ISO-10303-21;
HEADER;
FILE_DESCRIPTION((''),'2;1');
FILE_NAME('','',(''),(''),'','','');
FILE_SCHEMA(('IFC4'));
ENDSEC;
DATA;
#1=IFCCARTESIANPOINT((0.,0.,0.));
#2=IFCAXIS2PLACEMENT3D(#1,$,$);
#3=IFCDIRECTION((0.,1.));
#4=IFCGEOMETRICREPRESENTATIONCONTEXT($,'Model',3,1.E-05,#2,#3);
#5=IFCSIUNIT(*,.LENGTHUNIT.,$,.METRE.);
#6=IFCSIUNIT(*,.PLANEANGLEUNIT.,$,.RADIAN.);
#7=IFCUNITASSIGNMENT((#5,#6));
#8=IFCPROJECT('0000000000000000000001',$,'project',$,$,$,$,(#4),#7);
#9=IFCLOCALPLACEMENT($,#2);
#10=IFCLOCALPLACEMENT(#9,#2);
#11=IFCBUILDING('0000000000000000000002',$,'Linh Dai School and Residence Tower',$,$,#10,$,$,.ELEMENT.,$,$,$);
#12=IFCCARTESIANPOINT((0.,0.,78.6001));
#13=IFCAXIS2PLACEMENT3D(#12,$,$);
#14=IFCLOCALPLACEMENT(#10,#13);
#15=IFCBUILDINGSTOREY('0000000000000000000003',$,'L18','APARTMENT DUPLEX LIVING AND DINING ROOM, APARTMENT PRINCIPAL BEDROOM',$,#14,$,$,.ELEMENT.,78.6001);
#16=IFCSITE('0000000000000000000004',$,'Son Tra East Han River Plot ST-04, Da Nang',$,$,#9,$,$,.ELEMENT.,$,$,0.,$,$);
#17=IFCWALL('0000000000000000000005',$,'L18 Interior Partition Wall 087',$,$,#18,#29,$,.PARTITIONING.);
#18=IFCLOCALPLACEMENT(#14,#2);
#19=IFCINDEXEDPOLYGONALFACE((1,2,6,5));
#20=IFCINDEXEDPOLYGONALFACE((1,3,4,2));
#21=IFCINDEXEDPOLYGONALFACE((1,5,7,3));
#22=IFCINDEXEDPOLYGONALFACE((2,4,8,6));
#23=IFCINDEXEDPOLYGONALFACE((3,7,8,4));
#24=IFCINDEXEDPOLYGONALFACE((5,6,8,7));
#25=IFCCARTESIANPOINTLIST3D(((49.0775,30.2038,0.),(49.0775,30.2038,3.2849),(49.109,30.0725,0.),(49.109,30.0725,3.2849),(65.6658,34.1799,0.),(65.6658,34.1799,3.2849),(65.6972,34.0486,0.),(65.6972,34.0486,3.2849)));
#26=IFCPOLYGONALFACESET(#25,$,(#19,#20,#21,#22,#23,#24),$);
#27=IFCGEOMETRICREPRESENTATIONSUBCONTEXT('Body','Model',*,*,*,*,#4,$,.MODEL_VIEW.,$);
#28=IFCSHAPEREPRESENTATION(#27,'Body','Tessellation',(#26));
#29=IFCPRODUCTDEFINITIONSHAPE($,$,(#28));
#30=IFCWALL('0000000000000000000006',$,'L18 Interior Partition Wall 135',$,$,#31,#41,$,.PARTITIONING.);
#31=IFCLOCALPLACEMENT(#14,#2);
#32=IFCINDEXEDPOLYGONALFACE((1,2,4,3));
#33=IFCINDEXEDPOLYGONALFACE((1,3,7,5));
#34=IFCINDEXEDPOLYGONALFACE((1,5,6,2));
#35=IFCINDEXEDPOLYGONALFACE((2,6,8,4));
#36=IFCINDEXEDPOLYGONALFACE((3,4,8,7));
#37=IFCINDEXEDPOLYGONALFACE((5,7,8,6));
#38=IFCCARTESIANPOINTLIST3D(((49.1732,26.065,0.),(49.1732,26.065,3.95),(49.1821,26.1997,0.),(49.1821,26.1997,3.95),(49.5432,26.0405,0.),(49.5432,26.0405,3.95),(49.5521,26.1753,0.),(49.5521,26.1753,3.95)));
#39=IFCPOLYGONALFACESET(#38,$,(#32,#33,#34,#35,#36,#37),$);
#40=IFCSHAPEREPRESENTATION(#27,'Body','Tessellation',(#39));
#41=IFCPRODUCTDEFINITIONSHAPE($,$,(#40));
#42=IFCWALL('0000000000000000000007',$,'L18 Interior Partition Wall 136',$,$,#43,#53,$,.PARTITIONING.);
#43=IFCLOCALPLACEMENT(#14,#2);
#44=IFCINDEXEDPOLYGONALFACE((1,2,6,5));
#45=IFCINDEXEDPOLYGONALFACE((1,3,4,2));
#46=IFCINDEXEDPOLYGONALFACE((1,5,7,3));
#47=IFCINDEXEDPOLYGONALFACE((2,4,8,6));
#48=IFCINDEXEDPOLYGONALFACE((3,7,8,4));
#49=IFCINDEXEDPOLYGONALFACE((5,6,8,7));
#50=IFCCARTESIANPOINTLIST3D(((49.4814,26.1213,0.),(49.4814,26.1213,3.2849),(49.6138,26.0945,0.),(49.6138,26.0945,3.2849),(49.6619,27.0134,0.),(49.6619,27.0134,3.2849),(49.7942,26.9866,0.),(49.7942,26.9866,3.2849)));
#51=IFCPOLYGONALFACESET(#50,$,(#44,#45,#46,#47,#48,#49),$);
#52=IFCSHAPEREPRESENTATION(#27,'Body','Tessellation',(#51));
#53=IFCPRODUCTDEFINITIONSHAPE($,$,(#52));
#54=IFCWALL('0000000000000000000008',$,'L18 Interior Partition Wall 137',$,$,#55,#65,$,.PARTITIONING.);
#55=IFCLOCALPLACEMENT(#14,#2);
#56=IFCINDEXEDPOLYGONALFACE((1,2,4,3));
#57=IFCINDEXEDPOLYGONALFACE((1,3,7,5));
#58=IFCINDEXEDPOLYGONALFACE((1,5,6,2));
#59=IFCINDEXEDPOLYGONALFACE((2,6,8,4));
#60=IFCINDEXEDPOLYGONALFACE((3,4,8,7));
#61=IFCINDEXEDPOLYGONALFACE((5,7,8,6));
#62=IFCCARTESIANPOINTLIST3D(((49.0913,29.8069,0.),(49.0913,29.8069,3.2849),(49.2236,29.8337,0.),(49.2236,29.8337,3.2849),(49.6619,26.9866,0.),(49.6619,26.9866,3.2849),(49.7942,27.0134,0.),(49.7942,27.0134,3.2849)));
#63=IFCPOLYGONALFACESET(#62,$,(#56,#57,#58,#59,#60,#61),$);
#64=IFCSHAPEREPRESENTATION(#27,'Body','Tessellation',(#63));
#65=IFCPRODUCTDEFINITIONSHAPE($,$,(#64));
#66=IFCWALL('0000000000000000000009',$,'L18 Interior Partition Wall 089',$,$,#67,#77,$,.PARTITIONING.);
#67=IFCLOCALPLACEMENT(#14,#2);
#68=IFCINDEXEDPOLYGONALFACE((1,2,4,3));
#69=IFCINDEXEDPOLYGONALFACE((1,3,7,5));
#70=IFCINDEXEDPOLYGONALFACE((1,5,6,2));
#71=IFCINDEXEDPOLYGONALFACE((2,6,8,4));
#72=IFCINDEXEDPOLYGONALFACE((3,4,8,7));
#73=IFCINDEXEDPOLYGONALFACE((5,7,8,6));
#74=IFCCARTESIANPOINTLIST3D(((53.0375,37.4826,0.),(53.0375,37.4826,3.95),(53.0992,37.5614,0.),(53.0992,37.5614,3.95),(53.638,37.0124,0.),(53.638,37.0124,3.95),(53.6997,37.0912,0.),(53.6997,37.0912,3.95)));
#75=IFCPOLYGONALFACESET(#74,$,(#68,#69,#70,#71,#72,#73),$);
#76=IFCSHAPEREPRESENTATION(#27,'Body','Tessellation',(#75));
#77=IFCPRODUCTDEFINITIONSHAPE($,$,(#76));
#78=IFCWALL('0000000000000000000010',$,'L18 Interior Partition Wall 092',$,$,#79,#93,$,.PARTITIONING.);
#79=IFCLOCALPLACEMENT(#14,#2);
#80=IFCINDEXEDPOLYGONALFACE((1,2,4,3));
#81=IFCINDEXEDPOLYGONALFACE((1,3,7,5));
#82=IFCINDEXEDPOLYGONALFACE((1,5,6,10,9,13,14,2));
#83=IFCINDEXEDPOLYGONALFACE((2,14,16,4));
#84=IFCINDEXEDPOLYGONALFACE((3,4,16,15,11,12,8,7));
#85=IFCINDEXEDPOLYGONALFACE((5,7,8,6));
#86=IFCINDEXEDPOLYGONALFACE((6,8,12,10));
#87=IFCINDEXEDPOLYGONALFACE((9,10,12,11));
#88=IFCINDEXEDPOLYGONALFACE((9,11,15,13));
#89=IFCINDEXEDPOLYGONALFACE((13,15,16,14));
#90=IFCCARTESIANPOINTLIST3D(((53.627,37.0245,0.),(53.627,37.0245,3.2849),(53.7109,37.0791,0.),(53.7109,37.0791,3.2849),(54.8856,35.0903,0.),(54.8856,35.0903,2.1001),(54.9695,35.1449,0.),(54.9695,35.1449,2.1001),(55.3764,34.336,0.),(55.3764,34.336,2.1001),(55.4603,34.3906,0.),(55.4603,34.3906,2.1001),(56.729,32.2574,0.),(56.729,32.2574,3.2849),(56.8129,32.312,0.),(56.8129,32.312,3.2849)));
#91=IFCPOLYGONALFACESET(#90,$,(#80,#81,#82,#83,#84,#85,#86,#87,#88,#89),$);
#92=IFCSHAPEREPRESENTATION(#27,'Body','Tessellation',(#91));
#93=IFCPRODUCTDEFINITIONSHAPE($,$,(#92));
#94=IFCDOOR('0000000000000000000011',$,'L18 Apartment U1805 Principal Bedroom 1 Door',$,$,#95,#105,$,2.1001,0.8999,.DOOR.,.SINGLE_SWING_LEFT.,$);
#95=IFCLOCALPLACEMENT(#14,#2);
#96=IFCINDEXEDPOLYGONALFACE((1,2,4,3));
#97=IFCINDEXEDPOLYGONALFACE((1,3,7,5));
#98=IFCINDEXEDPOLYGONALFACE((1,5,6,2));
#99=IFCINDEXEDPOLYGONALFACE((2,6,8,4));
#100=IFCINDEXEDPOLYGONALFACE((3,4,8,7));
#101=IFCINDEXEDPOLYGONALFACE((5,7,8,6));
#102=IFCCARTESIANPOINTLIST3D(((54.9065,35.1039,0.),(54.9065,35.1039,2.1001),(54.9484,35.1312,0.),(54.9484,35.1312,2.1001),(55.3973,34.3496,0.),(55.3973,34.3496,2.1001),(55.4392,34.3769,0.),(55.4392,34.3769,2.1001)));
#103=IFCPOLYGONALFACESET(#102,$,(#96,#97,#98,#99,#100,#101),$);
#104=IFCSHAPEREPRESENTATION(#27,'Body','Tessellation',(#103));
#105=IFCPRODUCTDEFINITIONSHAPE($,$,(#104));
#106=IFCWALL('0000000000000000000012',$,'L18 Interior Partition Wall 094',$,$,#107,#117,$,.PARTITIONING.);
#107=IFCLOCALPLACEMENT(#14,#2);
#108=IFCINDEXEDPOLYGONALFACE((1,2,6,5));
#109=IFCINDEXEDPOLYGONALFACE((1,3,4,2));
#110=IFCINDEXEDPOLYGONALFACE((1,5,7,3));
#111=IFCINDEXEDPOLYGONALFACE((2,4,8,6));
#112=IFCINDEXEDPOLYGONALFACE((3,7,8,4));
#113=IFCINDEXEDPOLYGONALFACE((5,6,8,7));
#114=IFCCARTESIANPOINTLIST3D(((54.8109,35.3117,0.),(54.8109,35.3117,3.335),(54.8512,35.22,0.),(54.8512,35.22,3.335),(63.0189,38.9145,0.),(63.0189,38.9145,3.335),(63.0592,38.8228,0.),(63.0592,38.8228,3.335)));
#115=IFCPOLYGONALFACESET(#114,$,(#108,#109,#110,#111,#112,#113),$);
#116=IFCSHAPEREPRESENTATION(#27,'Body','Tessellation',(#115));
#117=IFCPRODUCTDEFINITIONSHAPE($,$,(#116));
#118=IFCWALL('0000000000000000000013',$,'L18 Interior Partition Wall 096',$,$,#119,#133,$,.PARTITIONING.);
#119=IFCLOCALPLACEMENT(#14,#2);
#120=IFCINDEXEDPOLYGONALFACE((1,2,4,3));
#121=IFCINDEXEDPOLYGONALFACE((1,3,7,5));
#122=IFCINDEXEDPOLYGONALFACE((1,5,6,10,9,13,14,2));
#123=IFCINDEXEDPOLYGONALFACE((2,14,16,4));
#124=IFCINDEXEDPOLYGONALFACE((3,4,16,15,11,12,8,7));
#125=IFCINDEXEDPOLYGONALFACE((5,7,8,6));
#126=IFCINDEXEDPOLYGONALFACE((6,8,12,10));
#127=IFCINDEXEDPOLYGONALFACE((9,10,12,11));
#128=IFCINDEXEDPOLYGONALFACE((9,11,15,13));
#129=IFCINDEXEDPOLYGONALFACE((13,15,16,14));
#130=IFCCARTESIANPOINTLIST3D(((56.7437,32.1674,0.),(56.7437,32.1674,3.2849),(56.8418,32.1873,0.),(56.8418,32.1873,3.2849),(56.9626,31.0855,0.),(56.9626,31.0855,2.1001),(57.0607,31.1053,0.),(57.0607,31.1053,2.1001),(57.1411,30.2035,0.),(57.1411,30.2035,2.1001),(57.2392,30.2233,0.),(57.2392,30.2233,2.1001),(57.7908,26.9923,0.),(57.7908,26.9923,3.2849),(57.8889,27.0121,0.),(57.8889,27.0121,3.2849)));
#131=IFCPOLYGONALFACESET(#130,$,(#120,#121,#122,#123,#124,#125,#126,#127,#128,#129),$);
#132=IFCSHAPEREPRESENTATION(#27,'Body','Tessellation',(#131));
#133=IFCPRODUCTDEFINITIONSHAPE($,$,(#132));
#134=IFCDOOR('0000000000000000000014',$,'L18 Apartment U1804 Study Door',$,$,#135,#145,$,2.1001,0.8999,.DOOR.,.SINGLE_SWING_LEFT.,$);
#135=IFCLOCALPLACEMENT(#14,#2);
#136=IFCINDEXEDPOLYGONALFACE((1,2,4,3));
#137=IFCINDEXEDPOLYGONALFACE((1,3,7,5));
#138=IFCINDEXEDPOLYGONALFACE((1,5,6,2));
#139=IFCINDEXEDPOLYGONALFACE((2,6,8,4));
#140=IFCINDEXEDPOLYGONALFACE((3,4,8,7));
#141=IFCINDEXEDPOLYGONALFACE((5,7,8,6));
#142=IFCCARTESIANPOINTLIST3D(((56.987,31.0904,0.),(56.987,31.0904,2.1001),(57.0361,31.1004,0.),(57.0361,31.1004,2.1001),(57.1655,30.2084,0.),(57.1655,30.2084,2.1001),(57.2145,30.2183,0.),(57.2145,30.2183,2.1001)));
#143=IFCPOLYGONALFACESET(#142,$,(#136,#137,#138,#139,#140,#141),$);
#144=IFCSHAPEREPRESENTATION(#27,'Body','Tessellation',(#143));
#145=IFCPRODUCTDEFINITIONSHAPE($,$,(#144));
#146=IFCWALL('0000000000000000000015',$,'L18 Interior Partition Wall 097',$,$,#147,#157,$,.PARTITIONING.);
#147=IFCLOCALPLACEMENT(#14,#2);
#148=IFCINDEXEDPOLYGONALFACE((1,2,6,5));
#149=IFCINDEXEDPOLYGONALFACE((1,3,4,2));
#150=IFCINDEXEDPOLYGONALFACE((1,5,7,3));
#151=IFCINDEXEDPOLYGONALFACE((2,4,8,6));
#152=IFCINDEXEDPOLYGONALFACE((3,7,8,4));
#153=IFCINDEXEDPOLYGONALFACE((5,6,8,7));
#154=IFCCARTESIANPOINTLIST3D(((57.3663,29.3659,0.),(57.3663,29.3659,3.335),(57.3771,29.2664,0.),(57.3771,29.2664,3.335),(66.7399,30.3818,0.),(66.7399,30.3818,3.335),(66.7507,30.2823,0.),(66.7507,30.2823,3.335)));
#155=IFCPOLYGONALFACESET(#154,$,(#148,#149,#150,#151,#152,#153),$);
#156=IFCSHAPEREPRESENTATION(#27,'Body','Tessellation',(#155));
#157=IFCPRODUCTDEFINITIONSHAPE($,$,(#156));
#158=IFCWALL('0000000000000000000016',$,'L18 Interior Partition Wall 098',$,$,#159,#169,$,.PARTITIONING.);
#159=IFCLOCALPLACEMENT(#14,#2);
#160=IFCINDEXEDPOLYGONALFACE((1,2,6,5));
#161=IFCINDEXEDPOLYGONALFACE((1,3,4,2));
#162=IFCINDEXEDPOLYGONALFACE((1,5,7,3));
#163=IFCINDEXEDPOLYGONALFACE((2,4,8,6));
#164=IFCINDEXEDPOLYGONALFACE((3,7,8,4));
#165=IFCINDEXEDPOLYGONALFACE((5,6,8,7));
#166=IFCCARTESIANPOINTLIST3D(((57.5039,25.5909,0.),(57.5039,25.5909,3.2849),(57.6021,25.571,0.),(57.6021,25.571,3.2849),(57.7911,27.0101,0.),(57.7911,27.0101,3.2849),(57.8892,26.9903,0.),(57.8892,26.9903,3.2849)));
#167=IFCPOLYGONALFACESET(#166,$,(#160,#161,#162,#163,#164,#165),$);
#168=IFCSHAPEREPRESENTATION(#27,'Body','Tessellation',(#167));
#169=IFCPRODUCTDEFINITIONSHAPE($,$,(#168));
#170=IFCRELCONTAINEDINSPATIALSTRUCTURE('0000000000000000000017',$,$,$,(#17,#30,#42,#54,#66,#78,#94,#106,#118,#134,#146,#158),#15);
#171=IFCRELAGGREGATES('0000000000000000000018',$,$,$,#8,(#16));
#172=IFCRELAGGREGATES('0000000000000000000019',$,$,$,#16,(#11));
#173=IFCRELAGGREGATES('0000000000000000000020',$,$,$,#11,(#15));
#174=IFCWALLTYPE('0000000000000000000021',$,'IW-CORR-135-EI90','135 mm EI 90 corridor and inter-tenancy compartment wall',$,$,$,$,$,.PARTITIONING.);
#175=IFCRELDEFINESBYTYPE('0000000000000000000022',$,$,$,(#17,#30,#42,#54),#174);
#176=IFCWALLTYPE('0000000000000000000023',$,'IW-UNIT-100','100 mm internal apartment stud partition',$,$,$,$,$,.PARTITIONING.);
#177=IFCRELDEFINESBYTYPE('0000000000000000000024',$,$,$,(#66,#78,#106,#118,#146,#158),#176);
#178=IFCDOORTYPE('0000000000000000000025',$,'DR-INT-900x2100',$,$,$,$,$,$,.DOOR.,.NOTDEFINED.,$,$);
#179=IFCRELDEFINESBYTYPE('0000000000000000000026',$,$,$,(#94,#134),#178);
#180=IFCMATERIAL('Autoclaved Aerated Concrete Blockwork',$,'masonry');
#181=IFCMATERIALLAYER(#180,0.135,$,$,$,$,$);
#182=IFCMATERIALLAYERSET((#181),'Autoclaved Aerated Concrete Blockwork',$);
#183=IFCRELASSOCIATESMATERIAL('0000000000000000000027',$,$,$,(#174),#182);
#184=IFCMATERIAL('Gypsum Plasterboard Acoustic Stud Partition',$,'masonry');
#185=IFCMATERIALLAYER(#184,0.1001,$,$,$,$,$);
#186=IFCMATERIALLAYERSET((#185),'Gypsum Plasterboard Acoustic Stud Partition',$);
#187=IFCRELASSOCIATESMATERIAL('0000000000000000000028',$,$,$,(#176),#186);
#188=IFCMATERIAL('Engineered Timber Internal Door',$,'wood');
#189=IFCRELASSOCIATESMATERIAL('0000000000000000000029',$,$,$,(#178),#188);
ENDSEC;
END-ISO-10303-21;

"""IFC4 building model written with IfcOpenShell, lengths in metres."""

from ifc_helpers import new_model, si_unit, direction, frame, frame_2d, origin, origin_2d, place, context, subcontext, project, spatial, rectangle, extrude, source, transform, mapped, material, layer, layer_set, type_object, element, fill, save


model = new_model("IFC4")

# Units and contexts
model_context = context("Model", 3, precision=1e-05, world=origin(), true_north=direction((0.0, 1.0)))
body_context = subcontext(model_context, "Body", "Model", "MODEL_VIEW")
ifc_project = project(units=[si_unit("LENGTHUNIT", "METRE"), si_unit("PLANEANGLEUNIT", "RADIAN")], contexts=[model_context])

# Site, building, storey
site_placement = place(None, origin())
site = spatial("IfcSite", under=ifc_project, at=site_placement, Name="Son Tra East Han River Plot ST-04, Da Nang", CompositionType="ELEMENT", RefElevation=0.0)
building_placement = place(site_placement, origin())
building = spatial("IfcBuilding", under=site, at=building_placement, Name="Linh Dai School and Residence Tower", CompositionType="ELEMENT")
storey_placement = place(building_placement, frame((0.0, 0.0, 78.6001)))
storey = spatial("IfcBuildingStorey", under=building, at=storey_placement, Name="L18", Description="APARTMENT DUPLEX LIVING AND DINING ROOM, APARTMENT PRINCIPAL BEDROOM", CompositionType="ELEMENT", Elevation=78.6001)

# Walls
ifc_material_1 = material(Name="Autoclaved Aerated Concrete Blockwork", Category="masonry")
ifc_layer_1 = layer(ifc_material_1, 0.135)
ifc_layer_set_1 = layer_set([ifc_layer_1], Name="Autoclaved Aerated Concrete Blockwork")
wall_type_1 = type_object("IfcWallType", Name="IW-CORR-135-EI90", Description="135 mm EI 90 corridor and inter-tenancy compartment wall", PredefinedType="PARTITIONING", material=ifc_layer_set_1)
wall_1_placement = place(storey_placement, frame((49.0933, 30.1382, 0.0), z_axis=(0.0, 0.0, 1.0), x_axis=(0.972455, 0.233091, 0.0)))
element("IfcWall", 1, at=wall_1_placement, inside=storey, type_object=wall_type_1, Name="L18 Interior Partition Wall 087", PredefinedType="PARTITIONING", context=body_context, shape_type="SweptSolid", body=[
    extrude(rectangle(XDim=17.0581, YDim=0.135, at=frame_2d((8.5291, 0.0))), origin(), (0.0, 0.0, 1.0), 3.2849),
])
wall_2_placement = place(storey_placement, frame((49.1775, 26.1323, 0.0), z_axis=(0.0, 0.0, 1.0), x_axis=(0.997832, -0.06582, 0.0)))
element("IfcWall", 2, at=wall_2_placement, inside=storey, type_object=wall_type_1, Name="L18 Interior Partition Wall 135", PredefinedType="PARTITIONING", context=body_context, shape_type="SweptSolid", body=[
    extrude(rectangle(XDim=0.3708, YDim=0.135, at=frame_2d((0.1855, 0.0))), origin(), (0.0, 0.0, 1.0), 3.95),
])
wall_3_placement = place(storey_placement, frame((49.5476, 26.1079, 0.0), z_axis=(0.0, 0.0, 1.0), x_axis=(0.198231, 0.980155, 0.0)))
element("IfcWall", 3, at=wall_3_placement, inside=storey, type_object=wall_type_1, Name="L18 Interior Partition Wall 136", PredefinedType="PARTITIONING", context=body_context, shape_type="SweptSolid", body=[
    extrude(rectangle(XDim=0.9102, YDim=0.135, at=frame_2d((0.4551, 0.0))), origin(), (0.0, 0.0, 1.0), 3.2849),
])
wall_4_placement = place(storey_placement, frame((49.728, 27.0, 0.0), z_axis=(0.0, 0.0, 1.0), x_axis=(-0.198286, 0.980144, 0.0)))
element("IfcWall", 4, at=wall_4_placement, inside=storey, type_object=wall_type_1, Name="L18 Interior Partition Wall 137", PredefinedType="PARTITIONING", context=body_context, shape_type="SweptSolid", body=[
    extrude(rectangle(XDim=2.8774, YDim=0.135, at=frame_2d((1.4387, 0.0))), origin(), (0.0, 0.0, 1.0), 3.2849),
])
ifc_material_2 = material(Name="Gypsum Plasterboard Acoustic Stud Partition", Category="masonry")
ifc_layer_2 = layer(ifc_material_2, 0.1001)
ifc_layer_set_2 = layer_set([ifc_layer_2], Name="Gypsum Plasterboard Acoustic Stud Partition")
wall_type_2 = type_object("IfcWallType", Name="IW-UNIT-100", Description="100 mm internal apartment stud partition", PredefinedType="PARTITIONING", material=ifc_layer_set_2)
wall_5_placement = place(storey_placement, frame((53.0684, 37.522, 0.0), z_axis=(0.0, 0.0, 1.0), x_axis=(0.787383, -0.616464, 0.0)))
element("IfcWall", 5, at=wall_5_placement, inside=storey, type_object=wall_type_2, Name="L18 Interior Partition Wall 089", PredefinedType="PARTITIONING", context=body_context, shape_type="SweptSolid", body=[
    extrude(rectangle(XDim=0.7627, YDim=0.1001, at=frame_2d((0.3813, 0.0))), origin(), (0.0, 0.0, 1.0), 3.95),
])

# Wall, opening, door
wall_6_placement = place(storey_placement, frame((53.6689, 37.0518, 0.0), z_axis=(0.0, 0.0, 1.0), x_axis=(0.545414, -0.838167, 0.0)))
wall_6 = element("IfcWall", 6, at=wall_6_placement, inside=storey, type_object=wall_type_2, Name="L18 Interior Partition Wall 092", PredefinedType="PARTITIONING", context=body_context, shape_type="SweptSolid", body=[
    extrude(rectangle(XDim=5.6875, YDim=0.1001, at=frame_2d((2.8438, 0.0))), origin(), (0.0, 0.0, 1.0), 3.2849),
])
opening_1_placement = place(wall_6_placement, frame((2.3076, 0.0, 0.0)))
opening_1 = element("IfcOpeningElement", 7, at=opening_1_placement, cuts=wall_6, PredefinedType="OPENING", context=body_context, shape_type="SweptSolid", body=[
    extrude(rectangle(XDim=0.8999, YDim=2.1001, at=origin_2d()), frame((0.45, 0.0601, 1.05), z_axis=(0.0, -1.0, 0.0), x_axis=(1.0, 0.0, 0.0)), (0.0, 0.0, 1.0), 0.1201),
])
ifc_material_3 = material(Name="Engineered Timber Internal Door", Category="wood")
door_type = type_object("IfcDoorType", Name="DR-INT-900x2100", OperationType="NOTDEFINED", PredefinedType="DOOR", material=ifc_material_3)
shared_shape_1 = source(origin(), body_context, "Body", "SweptSolid", [
    extrude(rectangle(XDim=0.8999, YDim=2.1001, at=origin_2d()), frame((0.45, 0.0249, 1.05), z_axis=(0.0, -1.0, 0.0), x_axis=(1.0, 0.0, 0.0)), (0.0, 0.0, 1.0), 0.05),
])
door_1_placement = place(opening_1_placement, origin())
door_1 = element("IfcDoor", 8, at=door_1_placement, inside=storey, type_object=door_type, Name="L18 Apartment U1805 Principal Bedroom 1 Door", OperationType="SINGLE_SWING_LEFT", OverallHeight=2.1001, OverallWidth=0.8999, PredefinedType="DOOR", context=body_context, shape_type="MappedRepresentation", body=[
    mapped(shared_shape_1, transform((0.0, 0.0, 0.0), x_axis=(1.0, 0.0, 0.0), y_axis=(0.0, 1.0, 0.0), z_axis=(0.0, 0.0, 1.0), scale=1.0)),
])
fill(opening_1, door_1)

# Wall
wall_7_placement = place(storey_placement, frame((54.8311, 35.2659, 0.0), z_axis=(0.0, 0.0, 1.0), x_axis=(0.915674, 0.401922, 0.0)))
element("IfcWall", 9, at=wall_7_placement, inside=storey, type_object=wall_type_2, Name="L18 Interior Partition Wall 094", PredefinedType="PARTITIONING", context=body_context, shape_type="SweptSolid", body=[
    extrude(rectangle(XDim=8.9639, YDim=0.1001, at=frame_2d((4.4819, 0.0))), origin(), (0.0, 0.0, 1.0), 3.335),
])

# Wall, opening, door
wall_8_placement = place(storey_placement, frame((56.7927, 32.1775, 0.0), z_axis=(0.0, 0.0, 1.0), x_axis=(0.198321, -0.980137, 0.0)))
wall_8 = element("IfcWall", 10, at=wall_8_placement, inside=storey, type_object=wall_type_2, Name="L18 Interior Partition Wall 096", PredefinedType="PARTITIONING", context=body_context, shape_type="SweptSolid", body=[
    extrude(rectangle(XDim=5.28, YDim=0.1001, at=frame_2d((2.6401, 0.0))), origin(), (0.0, 0.0, 1.0), 3.2849),
])
opening_2_placement = place(wall_8_placement, frame((1.104, 0.0, 0.0)))
opening_2 = element("IfcOpeningElement", 11, at=opening_2_placement, cuts=wall_8, PredefinedType="OPENING", context=body_context, shape_type="SweptSolid", body=[
    extrude(rectangle(XDim=0.8999, YDim=2.1001, at=origin_2d()), frame((0.45, 0.0601, 1.05), z_axis=(0.0, -1.0, 0.0), x_axis=(1.0, 0.0, 0.0)), (0.0, 0.0, 1.0), 0.1201),
])
door_2_placement = place(opening_2_placement, origin())
door_2 = element("IfcDoor", 12, at=door_2_placement, inside=storey, type_object=door_type, Name="L18 Apartment U1804 Study Door", OperationType="SINGLE_SWING_LEFT", OverallHeight=2.1001, OverallWidth=0.8999, PredefinedType="DOOR", context=body_context, shape_type="MappedRepresentation", body=[
    mapped(shared_shape_1, transform((0.0, 0.0, 0.0), x_axis=(1.0, 0.0, 0.0), y_axis=(0.0, 1.0, 0.0), z_axis=(0.0, 0.0, 1.0), scale=1.0)),
])
fill(opening_2, door_2)

# Walls
wall_9_placement = place(storey_placement, frame((57.3716, 29.3162, 0.0), z_axis=(0.0, 0.0, 1.0), x_axis=(0.994179, 0.107745, 0.0)))
element("IfcWall", 13, at=wall_9_placement, inside=storey, type_object=wall_type_2, Name="L18 Interior Partition Wall 097", PredefinedType="PARTITIONING", context=body_context, shape_type="SweptSolid", body=[
    extrude(rectangle(XDim=9.4285, YDim=0.1001, at=frame_2d((4.7144, 0.0))), origin(), (0.0, 0.0, 1.0), 3.335),
])
wall_10_placement = place(storey_placement, frame((57.553, 25.5808, 0.0), z_axis=(0.0, 0.0, 1.0), x_axis=(0.198288, 0.980144, 0.0)))
element("IfcWall", 14, at=wall_10_placement, inside=storey, type_object=wall_type_2, Name="L18 Interior Partition Wall 098", PredefinedType="PARTITIONING", context=body_context, shape_type="SweptSolid", body=[
    extrude(rectangle(XDim=1.448, YDim=0.1001, at=frame_2d((0.7241, 0.0))), origin(), (0.0, 0.0, 1.0), 3.2849),
])

save(model, "model.ifc")
